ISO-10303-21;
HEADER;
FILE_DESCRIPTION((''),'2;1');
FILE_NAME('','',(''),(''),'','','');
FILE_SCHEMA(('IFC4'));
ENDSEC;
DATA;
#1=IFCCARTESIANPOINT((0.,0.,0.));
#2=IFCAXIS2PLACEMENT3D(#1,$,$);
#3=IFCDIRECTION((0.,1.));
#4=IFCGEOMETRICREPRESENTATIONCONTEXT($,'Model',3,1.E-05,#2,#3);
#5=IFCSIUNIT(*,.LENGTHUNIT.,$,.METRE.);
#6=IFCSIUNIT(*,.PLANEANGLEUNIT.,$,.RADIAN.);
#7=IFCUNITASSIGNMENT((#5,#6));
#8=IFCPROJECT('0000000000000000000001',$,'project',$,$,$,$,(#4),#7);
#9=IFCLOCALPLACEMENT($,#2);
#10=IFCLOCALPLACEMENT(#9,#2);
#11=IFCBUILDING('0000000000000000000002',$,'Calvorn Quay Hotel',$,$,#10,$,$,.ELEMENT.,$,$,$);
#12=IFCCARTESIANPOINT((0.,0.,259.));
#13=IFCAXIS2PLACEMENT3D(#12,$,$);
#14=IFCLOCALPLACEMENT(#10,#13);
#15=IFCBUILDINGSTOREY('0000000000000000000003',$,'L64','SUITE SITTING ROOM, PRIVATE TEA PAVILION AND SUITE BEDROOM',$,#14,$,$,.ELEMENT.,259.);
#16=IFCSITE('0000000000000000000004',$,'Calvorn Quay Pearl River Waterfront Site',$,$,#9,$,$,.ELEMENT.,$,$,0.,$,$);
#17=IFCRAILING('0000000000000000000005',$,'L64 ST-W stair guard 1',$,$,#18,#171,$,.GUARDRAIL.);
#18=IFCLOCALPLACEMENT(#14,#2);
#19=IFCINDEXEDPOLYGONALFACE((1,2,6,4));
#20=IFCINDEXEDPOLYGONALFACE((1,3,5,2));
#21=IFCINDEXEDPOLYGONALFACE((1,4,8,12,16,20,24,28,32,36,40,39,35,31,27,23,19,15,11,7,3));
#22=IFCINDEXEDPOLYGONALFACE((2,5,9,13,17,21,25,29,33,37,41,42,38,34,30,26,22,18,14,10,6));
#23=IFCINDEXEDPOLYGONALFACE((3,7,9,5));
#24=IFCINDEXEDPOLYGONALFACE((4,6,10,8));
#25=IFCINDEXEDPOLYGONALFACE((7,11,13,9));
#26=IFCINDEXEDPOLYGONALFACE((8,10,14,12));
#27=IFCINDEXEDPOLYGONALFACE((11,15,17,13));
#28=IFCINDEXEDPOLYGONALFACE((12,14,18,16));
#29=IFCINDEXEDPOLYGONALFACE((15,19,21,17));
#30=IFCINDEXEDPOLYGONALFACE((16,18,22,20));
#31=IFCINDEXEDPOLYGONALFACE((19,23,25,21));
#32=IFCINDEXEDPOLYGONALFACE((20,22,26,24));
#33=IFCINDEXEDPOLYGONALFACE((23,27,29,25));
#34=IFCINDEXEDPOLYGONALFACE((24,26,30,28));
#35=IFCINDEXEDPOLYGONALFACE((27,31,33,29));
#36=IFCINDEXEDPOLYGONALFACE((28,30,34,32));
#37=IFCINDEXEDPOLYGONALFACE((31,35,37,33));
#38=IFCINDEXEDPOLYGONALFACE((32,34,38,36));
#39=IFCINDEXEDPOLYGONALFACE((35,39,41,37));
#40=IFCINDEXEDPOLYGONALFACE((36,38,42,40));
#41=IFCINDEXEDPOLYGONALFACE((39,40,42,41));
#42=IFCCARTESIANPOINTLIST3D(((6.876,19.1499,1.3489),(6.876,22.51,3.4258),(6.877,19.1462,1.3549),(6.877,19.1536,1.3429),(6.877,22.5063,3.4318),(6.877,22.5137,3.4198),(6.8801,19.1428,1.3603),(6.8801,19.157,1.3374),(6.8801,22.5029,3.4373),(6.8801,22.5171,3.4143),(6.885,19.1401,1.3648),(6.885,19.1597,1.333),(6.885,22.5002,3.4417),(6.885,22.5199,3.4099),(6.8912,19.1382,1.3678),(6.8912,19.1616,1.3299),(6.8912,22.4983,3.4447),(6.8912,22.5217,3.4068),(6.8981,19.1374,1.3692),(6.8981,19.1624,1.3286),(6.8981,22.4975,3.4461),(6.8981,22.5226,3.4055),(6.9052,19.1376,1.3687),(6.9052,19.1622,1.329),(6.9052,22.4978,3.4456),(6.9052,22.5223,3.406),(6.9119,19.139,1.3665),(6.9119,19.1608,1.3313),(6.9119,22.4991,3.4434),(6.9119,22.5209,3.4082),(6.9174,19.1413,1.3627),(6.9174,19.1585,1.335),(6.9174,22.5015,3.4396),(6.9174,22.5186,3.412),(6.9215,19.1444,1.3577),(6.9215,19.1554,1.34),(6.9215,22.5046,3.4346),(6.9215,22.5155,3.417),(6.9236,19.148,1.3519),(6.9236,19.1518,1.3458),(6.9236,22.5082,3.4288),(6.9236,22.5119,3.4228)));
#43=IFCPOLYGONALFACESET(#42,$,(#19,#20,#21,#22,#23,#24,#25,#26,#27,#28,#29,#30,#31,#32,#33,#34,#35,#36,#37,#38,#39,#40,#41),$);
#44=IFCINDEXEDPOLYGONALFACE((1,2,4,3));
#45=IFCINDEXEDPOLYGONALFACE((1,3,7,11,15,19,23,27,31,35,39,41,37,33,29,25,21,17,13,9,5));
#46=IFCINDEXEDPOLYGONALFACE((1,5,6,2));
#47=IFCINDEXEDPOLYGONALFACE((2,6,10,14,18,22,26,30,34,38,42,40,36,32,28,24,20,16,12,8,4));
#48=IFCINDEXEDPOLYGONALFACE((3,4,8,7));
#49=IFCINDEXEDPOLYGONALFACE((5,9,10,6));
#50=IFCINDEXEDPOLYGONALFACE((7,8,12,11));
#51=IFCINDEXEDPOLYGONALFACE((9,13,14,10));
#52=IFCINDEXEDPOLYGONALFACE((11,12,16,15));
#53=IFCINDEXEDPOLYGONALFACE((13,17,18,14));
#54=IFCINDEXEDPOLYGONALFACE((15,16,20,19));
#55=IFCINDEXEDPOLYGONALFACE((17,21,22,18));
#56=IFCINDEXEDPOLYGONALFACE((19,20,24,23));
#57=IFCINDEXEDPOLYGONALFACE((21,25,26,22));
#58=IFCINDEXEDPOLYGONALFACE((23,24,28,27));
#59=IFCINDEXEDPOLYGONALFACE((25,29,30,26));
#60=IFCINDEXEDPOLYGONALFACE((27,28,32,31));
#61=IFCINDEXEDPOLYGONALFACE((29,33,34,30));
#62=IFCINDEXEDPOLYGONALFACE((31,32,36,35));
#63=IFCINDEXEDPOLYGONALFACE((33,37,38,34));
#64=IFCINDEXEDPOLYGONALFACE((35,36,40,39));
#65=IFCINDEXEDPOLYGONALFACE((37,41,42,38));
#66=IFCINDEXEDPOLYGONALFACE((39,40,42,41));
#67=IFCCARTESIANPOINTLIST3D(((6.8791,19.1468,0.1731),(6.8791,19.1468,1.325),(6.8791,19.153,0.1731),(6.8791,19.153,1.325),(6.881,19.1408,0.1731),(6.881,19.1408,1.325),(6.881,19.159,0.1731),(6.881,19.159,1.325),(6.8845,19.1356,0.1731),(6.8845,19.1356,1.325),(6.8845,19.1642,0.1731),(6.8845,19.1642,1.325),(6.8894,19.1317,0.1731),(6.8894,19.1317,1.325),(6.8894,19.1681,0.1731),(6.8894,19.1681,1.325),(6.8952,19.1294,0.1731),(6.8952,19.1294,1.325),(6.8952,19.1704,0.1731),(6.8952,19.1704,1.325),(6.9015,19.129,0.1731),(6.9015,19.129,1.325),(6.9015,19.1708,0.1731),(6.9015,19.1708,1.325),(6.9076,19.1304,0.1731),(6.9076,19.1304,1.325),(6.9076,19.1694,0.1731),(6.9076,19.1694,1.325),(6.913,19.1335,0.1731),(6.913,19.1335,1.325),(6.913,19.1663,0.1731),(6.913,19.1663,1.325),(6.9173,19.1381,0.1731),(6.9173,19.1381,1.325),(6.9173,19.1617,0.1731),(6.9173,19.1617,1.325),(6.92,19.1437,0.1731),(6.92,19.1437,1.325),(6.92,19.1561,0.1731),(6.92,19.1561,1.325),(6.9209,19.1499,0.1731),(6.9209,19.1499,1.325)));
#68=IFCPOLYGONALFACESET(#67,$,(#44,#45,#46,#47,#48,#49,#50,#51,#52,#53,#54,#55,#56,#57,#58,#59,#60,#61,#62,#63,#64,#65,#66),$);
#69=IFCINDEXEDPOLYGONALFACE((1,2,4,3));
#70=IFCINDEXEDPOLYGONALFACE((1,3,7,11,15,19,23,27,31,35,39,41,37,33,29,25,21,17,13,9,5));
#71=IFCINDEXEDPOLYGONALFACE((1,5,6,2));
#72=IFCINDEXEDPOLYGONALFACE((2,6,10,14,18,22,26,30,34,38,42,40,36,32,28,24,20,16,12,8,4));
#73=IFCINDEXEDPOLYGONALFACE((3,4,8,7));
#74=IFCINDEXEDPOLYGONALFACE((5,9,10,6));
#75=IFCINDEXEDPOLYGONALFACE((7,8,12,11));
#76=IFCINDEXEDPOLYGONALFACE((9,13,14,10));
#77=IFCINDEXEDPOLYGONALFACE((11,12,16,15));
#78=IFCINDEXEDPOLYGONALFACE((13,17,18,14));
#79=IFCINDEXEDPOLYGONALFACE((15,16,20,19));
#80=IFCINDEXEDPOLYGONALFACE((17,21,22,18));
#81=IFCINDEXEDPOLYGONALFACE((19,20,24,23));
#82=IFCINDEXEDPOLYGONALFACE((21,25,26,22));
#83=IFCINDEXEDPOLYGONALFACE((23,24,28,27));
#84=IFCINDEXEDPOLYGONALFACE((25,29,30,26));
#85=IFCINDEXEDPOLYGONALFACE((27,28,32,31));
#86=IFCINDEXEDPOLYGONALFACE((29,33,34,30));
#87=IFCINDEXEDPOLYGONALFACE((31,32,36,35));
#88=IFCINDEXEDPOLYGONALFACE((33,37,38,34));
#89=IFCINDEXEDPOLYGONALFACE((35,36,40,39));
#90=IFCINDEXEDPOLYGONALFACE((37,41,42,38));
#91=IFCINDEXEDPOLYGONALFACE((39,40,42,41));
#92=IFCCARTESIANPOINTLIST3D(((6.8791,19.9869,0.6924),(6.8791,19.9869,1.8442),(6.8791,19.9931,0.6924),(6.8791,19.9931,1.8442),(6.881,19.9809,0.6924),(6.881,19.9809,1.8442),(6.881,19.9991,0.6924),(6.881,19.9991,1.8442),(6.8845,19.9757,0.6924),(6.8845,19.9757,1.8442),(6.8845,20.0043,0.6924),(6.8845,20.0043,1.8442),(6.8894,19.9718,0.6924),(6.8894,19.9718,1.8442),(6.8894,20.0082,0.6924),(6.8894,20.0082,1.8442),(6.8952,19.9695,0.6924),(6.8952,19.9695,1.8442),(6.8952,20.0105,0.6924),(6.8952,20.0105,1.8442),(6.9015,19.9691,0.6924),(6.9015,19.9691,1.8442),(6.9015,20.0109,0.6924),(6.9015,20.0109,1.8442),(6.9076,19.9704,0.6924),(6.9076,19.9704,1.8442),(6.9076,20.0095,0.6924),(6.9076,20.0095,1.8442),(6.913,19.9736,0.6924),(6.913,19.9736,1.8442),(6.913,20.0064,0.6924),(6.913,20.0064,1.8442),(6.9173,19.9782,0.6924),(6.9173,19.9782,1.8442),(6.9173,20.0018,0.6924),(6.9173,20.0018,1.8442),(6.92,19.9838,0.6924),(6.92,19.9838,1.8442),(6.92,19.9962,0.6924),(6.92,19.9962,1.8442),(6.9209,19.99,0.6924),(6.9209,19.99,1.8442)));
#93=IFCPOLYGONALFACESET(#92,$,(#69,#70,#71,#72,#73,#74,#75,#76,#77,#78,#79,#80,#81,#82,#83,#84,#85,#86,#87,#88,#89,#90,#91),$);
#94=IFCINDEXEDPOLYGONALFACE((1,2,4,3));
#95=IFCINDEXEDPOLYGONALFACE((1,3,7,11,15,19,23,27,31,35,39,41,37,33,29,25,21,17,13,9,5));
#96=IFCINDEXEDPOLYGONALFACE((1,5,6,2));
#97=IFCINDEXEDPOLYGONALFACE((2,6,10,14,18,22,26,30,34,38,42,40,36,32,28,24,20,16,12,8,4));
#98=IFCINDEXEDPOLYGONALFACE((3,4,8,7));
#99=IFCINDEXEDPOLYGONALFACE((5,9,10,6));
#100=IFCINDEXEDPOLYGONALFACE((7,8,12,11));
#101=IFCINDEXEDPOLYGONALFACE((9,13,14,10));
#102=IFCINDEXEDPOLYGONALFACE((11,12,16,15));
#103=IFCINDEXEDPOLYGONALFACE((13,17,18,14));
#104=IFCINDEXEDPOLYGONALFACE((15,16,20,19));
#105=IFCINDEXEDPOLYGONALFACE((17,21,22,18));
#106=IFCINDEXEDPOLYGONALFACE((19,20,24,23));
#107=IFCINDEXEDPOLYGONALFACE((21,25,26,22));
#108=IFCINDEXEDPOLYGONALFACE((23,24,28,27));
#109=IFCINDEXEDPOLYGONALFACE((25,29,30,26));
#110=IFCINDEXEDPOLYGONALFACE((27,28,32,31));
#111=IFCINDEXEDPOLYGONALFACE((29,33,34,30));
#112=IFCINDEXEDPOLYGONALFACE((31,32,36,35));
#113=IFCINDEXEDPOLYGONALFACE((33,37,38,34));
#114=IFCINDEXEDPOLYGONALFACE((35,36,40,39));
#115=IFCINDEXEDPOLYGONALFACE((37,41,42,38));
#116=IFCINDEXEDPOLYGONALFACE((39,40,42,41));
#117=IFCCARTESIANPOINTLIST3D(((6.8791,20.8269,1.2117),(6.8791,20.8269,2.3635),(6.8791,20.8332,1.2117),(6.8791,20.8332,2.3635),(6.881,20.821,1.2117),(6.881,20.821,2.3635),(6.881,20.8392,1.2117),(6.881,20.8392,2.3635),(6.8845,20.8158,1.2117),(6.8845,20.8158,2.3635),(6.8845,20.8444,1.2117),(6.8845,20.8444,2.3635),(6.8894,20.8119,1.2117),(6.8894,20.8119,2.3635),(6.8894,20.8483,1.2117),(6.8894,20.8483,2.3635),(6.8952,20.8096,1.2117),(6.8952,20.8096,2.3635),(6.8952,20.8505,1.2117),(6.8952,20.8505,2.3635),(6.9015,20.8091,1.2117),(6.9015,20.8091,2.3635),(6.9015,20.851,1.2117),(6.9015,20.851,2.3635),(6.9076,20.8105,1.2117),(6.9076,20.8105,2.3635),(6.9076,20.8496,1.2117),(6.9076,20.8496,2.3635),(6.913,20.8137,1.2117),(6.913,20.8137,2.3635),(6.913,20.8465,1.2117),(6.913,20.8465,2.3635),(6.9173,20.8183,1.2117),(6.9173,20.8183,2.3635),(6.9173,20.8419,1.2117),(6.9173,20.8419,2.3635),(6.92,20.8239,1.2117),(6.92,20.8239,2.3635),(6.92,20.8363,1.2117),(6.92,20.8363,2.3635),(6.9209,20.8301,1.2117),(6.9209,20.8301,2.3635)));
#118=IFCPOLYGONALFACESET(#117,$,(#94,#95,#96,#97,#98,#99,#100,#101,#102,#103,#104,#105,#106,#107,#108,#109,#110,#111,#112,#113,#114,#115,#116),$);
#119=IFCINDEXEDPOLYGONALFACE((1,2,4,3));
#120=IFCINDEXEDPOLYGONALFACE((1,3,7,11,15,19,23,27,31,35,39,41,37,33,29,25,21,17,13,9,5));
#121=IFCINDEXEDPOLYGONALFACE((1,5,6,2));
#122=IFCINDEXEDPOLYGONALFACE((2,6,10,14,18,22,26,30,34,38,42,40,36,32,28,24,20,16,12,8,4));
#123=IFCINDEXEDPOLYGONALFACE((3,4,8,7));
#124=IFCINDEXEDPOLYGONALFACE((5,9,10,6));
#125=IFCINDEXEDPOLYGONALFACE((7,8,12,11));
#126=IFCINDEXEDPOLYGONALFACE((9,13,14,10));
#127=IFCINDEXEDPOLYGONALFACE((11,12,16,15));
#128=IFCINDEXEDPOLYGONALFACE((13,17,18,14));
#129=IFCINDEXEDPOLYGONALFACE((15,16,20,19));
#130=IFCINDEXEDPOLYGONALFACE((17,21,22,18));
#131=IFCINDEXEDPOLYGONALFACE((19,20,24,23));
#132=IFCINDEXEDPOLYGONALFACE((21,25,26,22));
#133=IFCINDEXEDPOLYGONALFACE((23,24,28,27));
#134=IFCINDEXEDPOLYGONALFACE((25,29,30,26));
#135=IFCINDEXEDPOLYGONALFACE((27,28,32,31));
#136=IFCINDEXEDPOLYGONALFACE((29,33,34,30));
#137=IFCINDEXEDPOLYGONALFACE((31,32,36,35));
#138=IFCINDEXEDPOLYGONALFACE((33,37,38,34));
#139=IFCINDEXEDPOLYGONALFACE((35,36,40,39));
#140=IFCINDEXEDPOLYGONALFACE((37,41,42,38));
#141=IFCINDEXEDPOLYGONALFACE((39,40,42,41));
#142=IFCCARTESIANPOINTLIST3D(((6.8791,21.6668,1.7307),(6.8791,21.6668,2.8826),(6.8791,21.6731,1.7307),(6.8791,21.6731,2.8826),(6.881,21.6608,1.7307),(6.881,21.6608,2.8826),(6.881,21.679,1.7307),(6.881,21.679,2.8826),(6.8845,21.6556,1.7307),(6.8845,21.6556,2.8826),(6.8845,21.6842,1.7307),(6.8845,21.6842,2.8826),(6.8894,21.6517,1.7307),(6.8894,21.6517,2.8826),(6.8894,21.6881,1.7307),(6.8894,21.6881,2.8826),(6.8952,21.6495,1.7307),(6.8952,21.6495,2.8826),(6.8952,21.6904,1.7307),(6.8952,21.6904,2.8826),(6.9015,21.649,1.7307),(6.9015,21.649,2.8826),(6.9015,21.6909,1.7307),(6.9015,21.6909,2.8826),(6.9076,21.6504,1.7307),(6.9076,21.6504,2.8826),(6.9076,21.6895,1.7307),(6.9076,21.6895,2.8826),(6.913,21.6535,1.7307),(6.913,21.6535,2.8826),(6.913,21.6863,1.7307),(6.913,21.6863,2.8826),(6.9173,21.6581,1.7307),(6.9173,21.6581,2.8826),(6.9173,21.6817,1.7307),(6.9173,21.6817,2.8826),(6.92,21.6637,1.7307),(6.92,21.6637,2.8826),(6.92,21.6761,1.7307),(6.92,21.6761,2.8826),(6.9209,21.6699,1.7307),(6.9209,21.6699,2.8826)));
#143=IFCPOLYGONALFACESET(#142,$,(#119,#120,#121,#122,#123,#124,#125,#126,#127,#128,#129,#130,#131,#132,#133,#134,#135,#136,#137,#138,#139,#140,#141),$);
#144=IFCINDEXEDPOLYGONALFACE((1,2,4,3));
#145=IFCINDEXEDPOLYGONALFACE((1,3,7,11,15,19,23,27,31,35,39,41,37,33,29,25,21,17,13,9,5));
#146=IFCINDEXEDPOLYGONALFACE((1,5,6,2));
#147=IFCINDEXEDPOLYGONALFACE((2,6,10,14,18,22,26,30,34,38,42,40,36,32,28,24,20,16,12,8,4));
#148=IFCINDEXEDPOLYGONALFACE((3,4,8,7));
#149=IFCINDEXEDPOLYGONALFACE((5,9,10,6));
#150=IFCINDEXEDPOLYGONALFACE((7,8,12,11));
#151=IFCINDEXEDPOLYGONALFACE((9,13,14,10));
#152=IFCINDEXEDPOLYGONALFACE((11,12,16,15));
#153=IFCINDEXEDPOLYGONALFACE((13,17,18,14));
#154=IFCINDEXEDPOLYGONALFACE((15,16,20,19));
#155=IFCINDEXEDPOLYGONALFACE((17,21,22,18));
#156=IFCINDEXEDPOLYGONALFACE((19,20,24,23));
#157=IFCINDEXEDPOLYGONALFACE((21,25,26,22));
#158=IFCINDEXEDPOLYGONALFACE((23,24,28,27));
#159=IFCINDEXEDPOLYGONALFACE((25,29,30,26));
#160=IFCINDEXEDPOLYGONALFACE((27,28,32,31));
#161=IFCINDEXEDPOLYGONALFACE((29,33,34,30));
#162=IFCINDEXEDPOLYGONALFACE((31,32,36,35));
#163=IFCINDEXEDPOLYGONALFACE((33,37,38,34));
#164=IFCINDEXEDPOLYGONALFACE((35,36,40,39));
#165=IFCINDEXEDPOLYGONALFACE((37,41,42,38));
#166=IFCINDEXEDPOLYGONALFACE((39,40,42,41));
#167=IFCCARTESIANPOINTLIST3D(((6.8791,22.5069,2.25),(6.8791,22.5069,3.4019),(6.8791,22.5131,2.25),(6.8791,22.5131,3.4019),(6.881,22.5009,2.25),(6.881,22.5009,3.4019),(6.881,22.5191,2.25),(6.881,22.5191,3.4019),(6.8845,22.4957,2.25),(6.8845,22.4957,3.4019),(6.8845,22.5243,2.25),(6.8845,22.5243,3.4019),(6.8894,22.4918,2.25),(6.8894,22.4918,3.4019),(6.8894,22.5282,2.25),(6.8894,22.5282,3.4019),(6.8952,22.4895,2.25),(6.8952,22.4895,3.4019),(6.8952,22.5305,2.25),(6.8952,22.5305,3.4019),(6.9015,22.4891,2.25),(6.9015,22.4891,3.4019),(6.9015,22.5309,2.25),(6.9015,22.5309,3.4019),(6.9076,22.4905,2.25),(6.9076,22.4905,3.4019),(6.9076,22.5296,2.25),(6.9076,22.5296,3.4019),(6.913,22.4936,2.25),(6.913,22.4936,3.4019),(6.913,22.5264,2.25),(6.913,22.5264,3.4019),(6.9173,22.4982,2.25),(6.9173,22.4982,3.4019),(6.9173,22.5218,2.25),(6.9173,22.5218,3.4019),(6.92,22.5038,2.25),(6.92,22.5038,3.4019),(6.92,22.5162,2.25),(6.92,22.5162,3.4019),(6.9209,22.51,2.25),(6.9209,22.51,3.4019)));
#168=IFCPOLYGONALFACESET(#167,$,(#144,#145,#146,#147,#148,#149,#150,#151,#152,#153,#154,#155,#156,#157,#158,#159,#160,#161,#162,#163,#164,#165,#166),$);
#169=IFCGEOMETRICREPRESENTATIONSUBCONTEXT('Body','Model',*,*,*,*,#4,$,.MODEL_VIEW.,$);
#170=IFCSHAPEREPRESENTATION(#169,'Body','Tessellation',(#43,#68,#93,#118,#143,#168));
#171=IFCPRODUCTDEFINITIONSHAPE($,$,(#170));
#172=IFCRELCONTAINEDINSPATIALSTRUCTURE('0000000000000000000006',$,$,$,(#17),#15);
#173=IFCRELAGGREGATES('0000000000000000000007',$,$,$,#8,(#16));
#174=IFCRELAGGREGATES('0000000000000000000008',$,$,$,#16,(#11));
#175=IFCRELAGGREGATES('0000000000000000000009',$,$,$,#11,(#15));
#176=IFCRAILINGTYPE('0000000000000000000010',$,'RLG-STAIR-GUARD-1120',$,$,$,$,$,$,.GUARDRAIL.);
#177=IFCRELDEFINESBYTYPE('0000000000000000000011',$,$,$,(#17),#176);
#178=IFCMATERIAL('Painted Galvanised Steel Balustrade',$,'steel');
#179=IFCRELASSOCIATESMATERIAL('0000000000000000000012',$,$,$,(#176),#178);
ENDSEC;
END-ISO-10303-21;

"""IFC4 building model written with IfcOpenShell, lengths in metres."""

from ifc_helpers import new_model, si_unit, direction, frame, origin, origin_2d, place, context, subcontext, project, spatial, circle, extrude, material, type_object, element, save


model = new_model("IFC4")

# Units and contexts
model_context = context("Model", 3, precision=1e-05, world=origin(), true_north=direction((0.0, 1.0)))
body_context = subcontext(model_context, "Body", "Model", "MODEL_VIEW")
ifc_project = project(units=[si_unit("LENGTHUNIT", "METRE"), si_unit("PLANEANGLEUNIT", "RADIAN")], contexts=[model_context])

# Site, building, storey
site_placement = place(None, origin())
site = spatial("IfcSite", under=ifc_project, at=site_placement, Name="Calvorn Quay Pearl River Waterfront Site", CompositionType="ELEMENT", RefElevation=0.0)
building_placement = place(site_placement, origin())
building = spatial("IfcBuilding", under=site, at=building_placement, Name="Calvorn Quay Hotel", CompositionType="ELEMENT")
storey_placement = place(building_placement, frame((0.0, 0.0, 259.0)))
storey = spatial("IfcBuildingStorey", under=building, at=storey_placement, Name="L64", Description="SUITE SITTING ROOM, PRIVATE TEA PAVILION AND SUITE BEDROOM", CompositionType="ELEMENT", Elevation=259.0)

# Railing
ifc_material_1 = material(Name="Painted Galvanised Steel Balustrade", Category="steel")
railing_type_1 = type_object("IfcRailingType", Name="RLG-STAIR-GUARD-1120", PredefinedType="GUARDRAIL", material=ifc_material_1)
railing_1_placement = place(storey_placement, frame((6.8999, 19.1499, 0.1731)))
element("IfcRailing", 1, at=railing_1_placement, inside=storey, type_object=railing_type_1, Name="L64 ST-W stair guard 1", PredefinedType="GUARDRAIL", context=body_context, shape_type="SweptSolid", body=[
    extrude(circle(Radius=0.0239, at=origin_2d()), frame((0.0, 0.0, 1.1758), z_axis=(0.0, 0.850623, 0.525776), x_axis=(-1.0, 0.0, 0.0)), (0.0, 0.0, 1.0), 3.9502),
    extrude(circle(Radius=0.021, at=origin_2d()), origin(), (0.0, 0.0, 1.0), 1.1519),
    extrude(circle(Radius=0.021, at=origin_2d()), frame((0.0, 0.8401, 0.5193)), (0.0, 0.0, 1.0), 1.1519),
    extrude(circle(Radius=0.021, at=origin_2d()), frame((0.0, 1.6802, 1.0386)), (0.0, 0.0, 1.0), 1.1519),
    extrude(circle(Radius=0.021, at=origin_2d()), frame((0.0, 2.52, 1.5576)), (0.0, 0.0, 1.0), 1.1519),
    extrude(circle(Radius=0.021, at=origin_2d()), frame((0.0, 3.3601, 2.0769)), (0.0, 0.0, 1.0), 1.1519),
])

save(model, "model.ifc")
